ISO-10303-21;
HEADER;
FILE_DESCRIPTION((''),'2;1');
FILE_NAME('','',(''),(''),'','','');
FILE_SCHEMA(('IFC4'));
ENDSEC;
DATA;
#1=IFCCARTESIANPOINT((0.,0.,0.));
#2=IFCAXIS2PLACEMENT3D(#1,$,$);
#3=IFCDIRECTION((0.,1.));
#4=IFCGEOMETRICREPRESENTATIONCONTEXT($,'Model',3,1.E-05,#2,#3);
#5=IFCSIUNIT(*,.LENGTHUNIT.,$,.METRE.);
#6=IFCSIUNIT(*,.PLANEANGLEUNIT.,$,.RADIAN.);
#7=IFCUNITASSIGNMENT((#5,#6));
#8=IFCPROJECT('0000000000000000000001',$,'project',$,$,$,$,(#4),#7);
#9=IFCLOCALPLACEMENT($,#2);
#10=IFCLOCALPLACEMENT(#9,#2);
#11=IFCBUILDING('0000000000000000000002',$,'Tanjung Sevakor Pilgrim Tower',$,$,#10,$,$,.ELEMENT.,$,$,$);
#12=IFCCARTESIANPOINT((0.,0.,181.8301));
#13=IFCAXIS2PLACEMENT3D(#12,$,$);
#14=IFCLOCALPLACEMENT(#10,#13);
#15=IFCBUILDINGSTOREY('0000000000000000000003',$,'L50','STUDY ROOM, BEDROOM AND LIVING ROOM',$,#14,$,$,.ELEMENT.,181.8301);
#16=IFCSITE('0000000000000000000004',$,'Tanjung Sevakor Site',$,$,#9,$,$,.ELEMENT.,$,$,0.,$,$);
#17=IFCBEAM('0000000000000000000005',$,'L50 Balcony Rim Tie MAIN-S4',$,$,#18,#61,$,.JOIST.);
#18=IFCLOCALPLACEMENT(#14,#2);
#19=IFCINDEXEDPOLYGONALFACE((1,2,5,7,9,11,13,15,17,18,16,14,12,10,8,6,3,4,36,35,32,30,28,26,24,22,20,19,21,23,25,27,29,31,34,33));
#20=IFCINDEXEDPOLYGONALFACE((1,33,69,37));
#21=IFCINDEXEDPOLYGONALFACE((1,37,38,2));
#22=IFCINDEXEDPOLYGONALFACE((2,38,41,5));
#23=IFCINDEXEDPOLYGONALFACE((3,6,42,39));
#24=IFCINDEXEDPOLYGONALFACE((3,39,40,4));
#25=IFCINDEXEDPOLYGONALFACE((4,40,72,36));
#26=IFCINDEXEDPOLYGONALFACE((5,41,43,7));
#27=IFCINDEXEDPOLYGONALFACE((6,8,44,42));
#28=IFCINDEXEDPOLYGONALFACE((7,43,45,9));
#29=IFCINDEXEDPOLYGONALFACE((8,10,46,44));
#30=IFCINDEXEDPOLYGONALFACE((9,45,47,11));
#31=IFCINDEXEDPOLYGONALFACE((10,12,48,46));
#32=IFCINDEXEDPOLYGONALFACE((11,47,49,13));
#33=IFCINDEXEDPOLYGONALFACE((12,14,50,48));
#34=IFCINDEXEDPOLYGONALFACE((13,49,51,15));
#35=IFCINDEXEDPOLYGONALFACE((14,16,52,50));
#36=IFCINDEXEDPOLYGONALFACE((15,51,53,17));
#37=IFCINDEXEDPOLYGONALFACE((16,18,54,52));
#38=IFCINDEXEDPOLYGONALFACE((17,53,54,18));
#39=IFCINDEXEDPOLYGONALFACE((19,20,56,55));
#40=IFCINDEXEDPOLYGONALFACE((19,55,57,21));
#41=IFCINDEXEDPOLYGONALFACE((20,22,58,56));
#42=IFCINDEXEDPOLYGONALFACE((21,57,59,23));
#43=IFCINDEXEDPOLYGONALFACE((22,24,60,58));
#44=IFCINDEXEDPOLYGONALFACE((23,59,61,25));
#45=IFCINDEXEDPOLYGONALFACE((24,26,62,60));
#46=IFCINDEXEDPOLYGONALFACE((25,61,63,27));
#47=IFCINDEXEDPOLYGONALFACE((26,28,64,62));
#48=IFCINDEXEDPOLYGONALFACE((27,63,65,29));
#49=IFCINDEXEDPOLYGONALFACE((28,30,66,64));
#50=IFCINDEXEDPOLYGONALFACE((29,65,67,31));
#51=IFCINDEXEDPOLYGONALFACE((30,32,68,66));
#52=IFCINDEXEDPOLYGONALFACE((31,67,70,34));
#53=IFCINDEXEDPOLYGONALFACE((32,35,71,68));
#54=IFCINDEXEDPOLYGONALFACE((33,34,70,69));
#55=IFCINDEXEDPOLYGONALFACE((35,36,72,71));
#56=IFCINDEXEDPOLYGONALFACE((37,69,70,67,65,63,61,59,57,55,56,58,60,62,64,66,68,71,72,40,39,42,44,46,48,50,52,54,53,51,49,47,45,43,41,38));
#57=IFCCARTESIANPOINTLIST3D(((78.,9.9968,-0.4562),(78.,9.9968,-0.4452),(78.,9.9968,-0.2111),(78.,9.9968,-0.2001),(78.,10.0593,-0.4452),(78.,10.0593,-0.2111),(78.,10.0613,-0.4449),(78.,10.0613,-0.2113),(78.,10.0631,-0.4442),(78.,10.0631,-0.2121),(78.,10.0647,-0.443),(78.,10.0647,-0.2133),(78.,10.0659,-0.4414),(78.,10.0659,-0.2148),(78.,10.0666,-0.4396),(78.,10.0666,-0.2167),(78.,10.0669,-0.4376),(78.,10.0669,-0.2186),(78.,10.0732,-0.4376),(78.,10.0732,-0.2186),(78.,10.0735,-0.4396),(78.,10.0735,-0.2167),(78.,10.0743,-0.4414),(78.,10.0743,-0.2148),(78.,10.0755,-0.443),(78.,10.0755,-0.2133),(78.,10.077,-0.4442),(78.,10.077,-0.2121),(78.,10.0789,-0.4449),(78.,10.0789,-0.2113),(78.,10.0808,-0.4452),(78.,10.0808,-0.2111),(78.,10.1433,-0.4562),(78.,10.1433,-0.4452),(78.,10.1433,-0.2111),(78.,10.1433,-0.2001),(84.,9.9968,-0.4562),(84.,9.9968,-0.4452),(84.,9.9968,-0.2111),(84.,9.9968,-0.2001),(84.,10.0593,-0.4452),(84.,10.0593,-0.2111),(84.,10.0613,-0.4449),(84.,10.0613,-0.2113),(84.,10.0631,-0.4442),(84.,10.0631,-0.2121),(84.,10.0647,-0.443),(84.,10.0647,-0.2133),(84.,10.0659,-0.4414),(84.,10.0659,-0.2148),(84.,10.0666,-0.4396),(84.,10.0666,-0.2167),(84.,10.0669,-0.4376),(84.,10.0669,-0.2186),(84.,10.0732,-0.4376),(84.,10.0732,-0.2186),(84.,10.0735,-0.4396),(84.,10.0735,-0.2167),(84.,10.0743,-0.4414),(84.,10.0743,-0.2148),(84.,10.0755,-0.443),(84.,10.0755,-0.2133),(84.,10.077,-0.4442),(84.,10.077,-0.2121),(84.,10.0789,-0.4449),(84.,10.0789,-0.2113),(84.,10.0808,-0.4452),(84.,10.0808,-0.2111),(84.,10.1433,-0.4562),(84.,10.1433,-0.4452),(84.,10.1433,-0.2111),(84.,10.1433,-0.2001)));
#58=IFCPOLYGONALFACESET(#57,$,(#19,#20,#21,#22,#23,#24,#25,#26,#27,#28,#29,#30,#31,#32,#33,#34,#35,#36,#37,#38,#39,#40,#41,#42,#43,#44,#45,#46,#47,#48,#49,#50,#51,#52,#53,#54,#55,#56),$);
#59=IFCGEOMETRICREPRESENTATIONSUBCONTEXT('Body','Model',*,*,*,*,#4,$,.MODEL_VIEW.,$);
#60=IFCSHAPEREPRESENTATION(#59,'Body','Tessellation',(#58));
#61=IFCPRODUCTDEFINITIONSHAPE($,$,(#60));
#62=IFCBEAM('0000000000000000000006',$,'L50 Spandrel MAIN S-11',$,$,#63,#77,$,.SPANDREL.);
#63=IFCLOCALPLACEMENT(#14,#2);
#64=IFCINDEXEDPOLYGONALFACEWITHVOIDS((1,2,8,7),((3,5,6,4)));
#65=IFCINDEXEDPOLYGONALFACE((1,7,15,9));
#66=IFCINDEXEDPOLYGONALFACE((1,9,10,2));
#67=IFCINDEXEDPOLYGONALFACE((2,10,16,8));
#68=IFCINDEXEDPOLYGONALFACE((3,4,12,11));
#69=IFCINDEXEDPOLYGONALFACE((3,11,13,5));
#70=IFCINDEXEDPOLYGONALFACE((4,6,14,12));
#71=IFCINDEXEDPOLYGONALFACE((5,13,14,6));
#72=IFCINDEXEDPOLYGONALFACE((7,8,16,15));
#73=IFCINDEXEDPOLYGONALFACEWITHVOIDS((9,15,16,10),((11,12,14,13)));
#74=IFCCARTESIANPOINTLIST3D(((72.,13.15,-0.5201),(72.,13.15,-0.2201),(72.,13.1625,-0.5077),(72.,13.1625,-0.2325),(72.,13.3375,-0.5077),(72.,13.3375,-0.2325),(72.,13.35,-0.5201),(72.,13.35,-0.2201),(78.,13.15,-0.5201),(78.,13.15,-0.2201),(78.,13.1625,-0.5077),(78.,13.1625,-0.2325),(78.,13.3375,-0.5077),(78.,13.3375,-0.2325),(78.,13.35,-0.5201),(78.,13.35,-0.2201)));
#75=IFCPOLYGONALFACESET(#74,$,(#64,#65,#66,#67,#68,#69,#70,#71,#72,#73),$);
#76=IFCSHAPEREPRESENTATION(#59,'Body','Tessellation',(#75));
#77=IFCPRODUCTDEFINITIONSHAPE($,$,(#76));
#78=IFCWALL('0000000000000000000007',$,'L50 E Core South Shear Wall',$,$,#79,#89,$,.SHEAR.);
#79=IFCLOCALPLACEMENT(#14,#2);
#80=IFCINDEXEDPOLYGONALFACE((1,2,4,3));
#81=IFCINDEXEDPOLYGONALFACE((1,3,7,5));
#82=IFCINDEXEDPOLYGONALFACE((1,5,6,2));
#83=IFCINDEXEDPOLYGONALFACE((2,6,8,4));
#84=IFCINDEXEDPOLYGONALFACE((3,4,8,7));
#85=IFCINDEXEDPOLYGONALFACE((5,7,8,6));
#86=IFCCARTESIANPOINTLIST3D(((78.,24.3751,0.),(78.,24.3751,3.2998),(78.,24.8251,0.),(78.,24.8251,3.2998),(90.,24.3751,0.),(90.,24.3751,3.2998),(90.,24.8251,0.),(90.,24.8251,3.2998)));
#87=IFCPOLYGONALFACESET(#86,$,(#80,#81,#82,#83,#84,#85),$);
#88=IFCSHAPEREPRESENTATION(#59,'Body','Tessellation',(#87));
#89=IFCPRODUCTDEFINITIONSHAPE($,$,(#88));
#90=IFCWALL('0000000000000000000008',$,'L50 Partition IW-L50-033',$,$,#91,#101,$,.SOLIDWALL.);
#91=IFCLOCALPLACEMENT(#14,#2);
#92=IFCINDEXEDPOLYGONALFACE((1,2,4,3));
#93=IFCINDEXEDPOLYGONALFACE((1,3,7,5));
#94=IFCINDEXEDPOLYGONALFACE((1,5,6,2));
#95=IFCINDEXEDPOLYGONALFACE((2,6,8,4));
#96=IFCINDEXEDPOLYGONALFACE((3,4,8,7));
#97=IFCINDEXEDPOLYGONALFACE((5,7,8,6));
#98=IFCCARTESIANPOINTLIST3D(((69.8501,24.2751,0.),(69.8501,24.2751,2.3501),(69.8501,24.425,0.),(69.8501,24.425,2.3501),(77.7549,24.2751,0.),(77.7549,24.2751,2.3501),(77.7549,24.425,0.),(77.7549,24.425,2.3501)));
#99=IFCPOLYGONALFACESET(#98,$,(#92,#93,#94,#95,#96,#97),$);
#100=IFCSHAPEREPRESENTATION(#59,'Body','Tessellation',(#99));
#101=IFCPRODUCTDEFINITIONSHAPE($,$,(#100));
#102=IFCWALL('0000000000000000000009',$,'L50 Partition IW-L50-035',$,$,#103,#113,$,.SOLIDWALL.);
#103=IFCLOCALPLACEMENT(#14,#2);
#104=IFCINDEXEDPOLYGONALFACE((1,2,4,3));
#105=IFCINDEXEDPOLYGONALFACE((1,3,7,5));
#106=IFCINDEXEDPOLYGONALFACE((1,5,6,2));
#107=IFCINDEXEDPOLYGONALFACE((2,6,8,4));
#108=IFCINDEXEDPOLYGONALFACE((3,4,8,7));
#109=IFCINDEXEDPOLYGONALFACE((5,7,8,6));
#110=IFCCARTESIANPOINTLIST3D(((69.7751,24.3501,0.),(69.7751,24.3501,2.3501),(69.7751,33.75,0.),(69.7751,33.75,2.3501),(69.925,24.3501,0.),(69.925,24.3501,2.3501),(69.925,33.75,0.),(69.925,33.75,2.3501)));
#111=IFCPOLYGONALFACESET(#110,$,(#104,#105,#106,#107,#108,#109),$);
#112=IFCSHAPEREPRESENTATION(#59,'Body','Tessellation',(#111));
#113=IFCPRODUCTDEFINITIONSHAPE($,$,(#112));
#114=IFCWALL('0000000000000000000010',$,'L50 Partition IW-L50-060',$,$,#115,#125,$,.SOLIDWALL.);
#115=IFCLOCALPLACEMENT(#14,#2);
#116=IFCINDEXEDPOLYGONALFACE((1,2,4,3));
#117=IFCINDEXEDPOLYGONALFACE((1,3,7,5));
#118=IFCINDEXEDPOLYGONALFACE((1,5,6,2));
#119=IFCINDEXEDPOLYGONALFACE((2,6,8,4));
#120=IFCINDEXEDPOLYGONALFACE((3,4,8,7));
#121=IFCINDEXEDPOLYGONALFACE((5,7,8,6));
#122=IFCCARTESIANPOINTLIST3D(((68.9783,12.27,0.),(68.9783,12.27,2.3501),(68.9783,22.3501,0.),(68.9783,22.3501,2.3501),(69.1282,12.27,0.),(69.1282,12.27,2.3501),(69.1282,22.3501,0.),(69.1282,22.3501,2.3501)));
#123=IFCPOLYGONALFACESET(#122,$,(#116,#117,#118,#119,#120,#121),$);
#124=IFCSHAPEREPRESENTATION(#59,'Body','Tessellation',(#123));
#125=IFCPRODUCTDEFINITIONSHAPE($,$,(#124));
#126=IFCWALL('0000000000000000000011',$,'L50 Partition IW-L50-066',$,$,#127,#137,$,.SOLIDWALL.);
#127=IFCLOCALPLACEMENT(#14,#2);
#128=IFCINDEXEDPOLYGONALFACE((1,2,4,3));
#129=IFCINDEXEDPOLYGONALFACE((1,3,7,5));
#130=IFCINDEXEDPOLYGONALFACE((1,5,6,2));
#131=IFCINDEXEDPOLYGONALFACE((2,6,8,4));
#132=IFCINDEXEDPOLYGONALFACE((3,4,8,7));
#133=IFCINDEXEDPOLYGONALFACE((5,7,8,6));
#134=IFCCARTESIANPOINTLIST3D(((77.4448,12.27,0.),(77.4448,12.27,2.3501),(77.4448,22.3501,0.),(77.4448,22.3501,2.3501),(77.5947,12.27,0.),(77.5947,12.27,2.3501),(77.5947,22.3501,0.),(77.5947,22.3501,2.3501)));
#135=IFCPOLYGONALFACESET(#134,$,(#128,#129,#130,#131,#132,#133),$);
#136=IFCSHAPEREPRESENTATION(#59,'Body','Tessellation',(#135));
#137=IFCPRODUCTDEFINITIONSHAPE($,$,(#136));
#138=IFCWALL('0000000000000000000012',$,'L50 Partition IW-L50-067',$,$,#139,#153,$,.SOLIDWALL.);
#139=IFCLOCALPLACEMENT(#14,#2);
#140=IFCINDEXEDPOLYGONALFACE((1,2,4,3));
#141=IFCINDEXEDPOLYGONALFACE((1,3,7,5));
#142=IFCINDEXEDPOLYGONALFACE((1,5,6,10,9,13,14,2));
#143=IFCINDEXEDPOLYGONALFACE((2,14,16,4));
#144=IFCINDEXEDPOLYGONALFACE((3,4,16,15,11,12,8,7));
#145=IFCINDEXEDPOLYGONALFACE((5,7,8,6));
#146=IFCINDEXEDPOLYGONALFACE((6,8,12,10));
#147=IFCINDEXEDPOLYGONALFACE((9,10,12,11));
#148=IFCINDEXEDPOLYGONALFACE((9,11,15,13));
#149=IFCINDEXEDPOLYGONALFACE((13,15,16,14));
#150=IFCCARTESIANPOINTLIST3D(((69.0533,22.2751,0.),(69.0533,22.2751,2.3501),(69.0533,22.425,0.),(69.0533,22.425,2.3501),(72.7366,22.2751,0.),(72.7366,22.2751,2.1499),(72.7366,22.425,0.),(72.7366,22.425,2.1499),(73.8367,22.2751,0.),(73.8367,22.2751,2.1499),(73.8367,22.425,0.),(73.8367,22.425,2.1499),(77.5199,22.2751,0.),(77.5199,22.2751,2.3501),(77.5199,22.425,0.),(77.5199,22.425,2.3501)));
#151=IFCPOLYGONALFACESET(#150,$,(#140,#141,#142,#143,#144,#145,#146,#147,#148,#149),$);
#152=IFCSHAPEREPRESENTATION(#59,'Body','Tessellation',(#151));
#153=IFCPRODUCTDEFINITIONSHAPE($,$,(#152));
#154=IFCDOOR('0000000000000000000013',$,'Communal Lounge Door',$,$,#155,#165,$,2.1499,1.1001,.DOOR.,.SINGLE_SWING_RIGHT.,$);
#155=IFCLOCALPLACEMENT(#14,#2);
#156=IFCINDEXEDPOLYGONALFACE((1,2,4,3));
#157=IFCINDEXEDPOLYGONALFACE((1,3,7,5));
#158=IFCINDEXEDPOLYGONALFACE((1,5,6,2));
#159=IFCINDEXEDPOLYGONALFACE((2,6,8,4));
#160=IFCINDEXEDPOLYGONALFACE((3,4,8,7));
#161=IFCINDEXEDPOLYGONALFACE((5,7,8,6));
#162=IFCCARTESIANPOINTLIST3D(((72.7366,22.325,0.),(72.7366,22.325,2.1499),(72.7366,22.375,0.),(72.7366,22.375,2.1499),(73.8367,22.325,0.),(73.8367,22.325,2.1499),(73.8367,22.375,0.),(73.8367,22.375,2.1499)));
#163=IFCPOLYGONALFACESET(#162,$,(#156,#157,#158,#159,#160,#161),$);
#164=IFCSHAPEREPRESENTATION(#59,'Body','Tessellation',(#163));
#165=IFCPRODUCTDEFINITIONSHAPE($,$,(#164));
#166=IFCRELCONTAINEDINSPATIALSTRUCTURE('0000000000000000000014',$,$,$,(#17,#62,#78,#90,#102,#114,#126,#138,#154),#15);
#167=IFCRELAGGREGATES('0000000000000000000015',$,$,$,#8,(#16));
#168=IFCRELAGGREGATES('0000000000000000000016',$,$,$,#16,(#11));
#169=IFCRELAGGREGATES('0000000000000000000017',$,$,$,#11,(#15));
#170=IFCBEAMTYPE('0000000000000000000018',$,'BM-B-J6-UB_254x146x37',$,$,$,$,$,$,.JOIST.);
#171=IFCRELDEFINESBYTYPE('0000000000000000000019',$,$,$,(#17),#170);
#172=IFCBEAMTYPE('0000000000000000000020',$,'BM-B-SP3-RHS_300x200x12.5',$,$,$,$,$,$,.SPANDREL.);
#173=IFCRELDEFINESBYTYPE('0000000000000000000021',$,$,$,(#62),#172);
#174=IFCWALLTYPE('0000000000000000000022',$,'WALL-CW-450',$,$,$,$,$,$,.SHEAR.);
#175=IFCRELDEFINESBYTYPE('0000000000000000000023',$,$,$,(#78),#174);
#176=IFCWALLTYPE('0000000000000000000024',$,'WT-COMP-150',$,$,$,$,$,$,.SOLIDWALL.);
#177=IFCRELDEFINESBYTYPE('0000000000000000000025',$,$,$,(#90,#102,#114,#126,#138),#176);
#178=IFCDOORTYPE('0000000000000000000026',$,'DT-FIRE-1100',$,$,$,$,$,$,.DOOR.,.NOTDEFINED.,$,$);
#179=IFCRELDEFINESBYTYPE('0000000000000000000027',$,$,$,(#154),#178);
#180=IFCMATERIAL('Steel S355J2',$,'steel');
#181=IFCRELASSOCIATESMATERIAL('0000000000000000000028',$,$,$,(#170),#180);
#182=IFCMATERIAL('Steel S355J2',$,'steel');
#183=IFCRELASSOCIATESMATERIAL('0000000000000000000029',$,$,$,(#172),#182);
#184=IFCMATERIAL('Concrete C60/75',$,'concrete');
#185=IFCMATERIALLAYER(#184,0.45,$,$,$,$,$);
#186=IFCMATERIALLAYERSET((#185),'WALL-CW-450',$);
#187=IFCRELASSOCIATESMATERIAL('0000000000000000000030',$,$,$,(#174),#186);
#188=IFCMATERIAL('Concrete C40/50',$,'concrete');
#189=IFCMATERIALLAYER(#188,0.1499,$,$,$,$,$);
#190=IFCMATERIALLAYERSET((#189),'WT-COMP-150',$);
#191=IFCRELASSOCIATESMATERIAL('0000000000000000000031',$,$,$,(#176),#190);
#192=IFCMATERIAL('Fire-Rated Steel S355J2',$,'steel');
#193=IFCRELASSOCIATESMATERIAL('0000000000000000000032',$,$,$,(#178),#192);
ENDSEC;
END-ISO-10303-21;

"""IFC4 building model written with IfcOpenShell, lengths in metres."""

from ifc_helpers import new_model, si_unit, direction, frame, frame_2d, origin, origin_2d, place, context, subcontext, project, spatial, rectangle, hollow_rectangle, i_section, extrude, material, layer, layer_set, material_profile, profile_set, type_object, element, fill, save


model = new_model("IFC4")

# Units and contexts
model_context = context("Model", 3, precision=1e-05, world=origin(), true_north=direction((0.0, 1.0)))
body_context = subcontext(model_context, "Body", "Model", "MODEL_VIEW")
ifc_project = project(units=[si_unit("LENGTHUNIT", "METRE"), si_unit("PLANEANGLEUNIT", "RADIAN")], contexts=[model_context])

# Site, building, storey
site_placement = place(None, origin())
site = spatial("IfcSite", under=ifc_project, at=site_placement, Name="Tanjung Sevakor Site", CompositionType="ELEMENT", RefElevation=0.0)
building_placement = place(site_placement, origin())
building = spatial("IfcBuilding", under=site, at=building_placement, Name="Tanjung Sevakor Pilgrim Tower", CompositionType="ELEMENT")
storey_placement = place(building_placement, frame((0.0, 0.0, 181.8301)))
storey = spatial("IfcBuildingStorey", under=building, at=storey_placement, Name="L50", Description="STUDY ROOM, BEDROOM AND LIVING ROOM", CompositionType="ELEMENT", Elevation=181.8301)

# Beams
ifc_material_1 = material(Name="Steel S355J2", Category="steel")
ifc_material_profile_1 = material_profile(ifc_material_1, i_section(OverallWidth=0.1465, OverallDepth=0.2561, WebThickness=0.0063, FlangeThickness=0.011, FilletRadius=0.0076, at=origin_2d()))
ifc_profile_set_1 = profile_set([ifc_material_profile_1], Name="Steel S355J2")
beam_type_1 = type_object("IfcBeamType", Name="BM-B-J6-UB_254x146x37", PredefinedType="JOIST", material=ifc_profile_set_1)
beam_1_placement = place(storey_placement, frame((78.0, 10.0701, -0.3281), z_axis=(1.0, 0.0, 0.0), x_axis=(0.0, 1.0, 0.0)))
element("IfcBeam", 1, at=beam_1_placement, inside=storey, type_object=beam_type_1, Name="L50 Balcony Rim Tie MAIN-S4", PredefinedType="JOIST", context=body_context, shape_type="SweptSolid", body=[
    extrude(i_section(OverallWidth=0.1465, OverallDepth=0.2561, WebThickness=0.0063, FlangeThickness=0.011, FilletRadius=0.0076, at=origin_2d()), origin(), (0.0, 0.0, 1.0), 6.0),
])
ifc_material_2 = material(Name="Steel S355J2", Category="steel")
ifc_material_profile_2 = material_profile(ifc_material_2, hollow_rectangle(XDim=0.2, YDim=0.3, WallThickness=0.0125, at=origin_2d()))
ifc_profile_set_2 = profile_set([ifc_material_profile_2], Name="Steel S355J2")
beam_type_2 = type_object("IfcBeamType", Name="BM-B-SP3-RHS_300x200x12.5", PredefinedType="SPANDREL", material=ifc_profile_set_2)
beam_2_placement = place(storey_placement, frame((72.0, 13.25, -0.3701), z_axis=(1.0, 0.0, 0.0), x_axis=(0.0, 1.0, 0.0)))
element("IfcBeam", 2, at=beam_2_placement, inside=storey, type_object=beam_type_2, Name="L50 Spandrel MAIN S-11", PredefinedType="SPANDREL", context=body_context, shape_type="SweptSolid", body=[
    extrude(hollow_rectangle(XDim=0.2, YDim=0.3, WallThickness=0.0125, at=origin_2d()), origin(), (0.0, 0.0, 1.0), 6.0),
])

# Walls
ifc_material_3 = material(Name="Concrete C60/75", Category="concrete")
ifc_layer_1 = layer(ifc_material_3, 0.45)
ifc_layer_set_1 = layer_set([ifc_layer_1], Name="WALL-CW-450")
wall_type_1 = type_object("IfcWallType", Name="WALL-CW-450", PredefinedType="SHEAR", material=ifc_layer_set_1)
wall_1_placement = place(storey_placement, frame((78.0, 24.6001, 0.0), z_axis=(0.0, 0.0, 1.0), x_axis=(1.0, 0.0, 0.0)))
element("IfcWall", 3, at=wall_1_placement, inside=storey, type_object=wall_type_1, Name="L50 E Core South Shear Wall", PredefinedType="SHEAR", context=body_context, shape_type="SweptSolid", body=[
    extrude(rectangle(XDim=12.0, YDim=0.45, at=frame_2d((6.0, 0.0))), origin(), (0.0, 0.0, 1.0), 3.2998),
])
ifc_material_4 = material(Name="Concrete C40/50", Category="concrete")
ifc_layer_2 = layer(ifc_material_4, 0.1499)
ifc_layer_set_2 = layer_set([ifc_layer_2], Name="WT-COMP-150")
wall_type_2 = type_object("IfcWallType", Name="WT-COMP-150", PredefinedType="SOLIDWALL", material=ifc_layer_set_2)
wall_2_placement = place(storey_placement, frame((69.8501, 24.3501, 0.0), z_axis=(0.0, 0.0, 1.0), x_axis=(1.0, 0.0, 0.0)))
element("IfcWall", 4, at=wall_2_placement, inside=storey, type_object=wall_type_2, Name="L50 Partition IW-L50-033", PredefinedType="SOLIDWALL", context=body_context, shape_type="SweptSolid", body=[
    extrude(rectangle(XDim=7.9048, YDim=0.1499, at=frame_2d((3.9524, 0.0))), origin(), (0.0, 0.0, 1.0), 2.3501),
])
wall_3_placement = place(storey_placement, frame((69.8501, 24.3501, 0.0), z_axis=(0.0, 0.0, 1.0), x_axis=(0.0, 1.0, 0.0)))
element("IfcWall", 5, at=wall_3_placement, inside=storey, type_object=wall_type_2, Name="L50 Partition IW-L50-035", PredefinedType="SOLIDWALL", context=body_context, shape_type="SweptSolid", body=[
    extrude(rectangle(XDim=9.3999, YDim=0.1499, at=frame_2d((4.7, 0.0))), origin(), (0.0, 0.0, 1.0), 2.3501),
])
for number, where, z_axis, x_axis, name in (
    (6, (69.0532, 12.27, 0.0), (0.0, 0.0, 1.0), (0.0, 1.0, 0.0), "L50 Partition IW-L50-060"),
    (7, (77.5198, 12.27, 0.0), (0.0, 0.0, 1.0), (0.0, 1.0, 0.0), "L50 Partition IW-L50-066"),
):
    element("IfcWall", number, at=place(storey_placement, frame(where, z_axis=z_axis, x_axis=x_axis)), inside=storey, type_object=wall_type_2, Name=name, PredefinedType="SOLIDWALL", context=body_context, shape_type="SweptSolid", body=[
        extrude(rectangle(XDim=10.0801, YDim=0.1499, at=frame_2d((5.04, 0.0))), origin(), (0.0, 0.0, 1.0), 2.3501),
    ])

# Wall, opening, door
wall_4_placement = place(storey_placement, frame((69.0532, 22.3501, 0.0), z_axis=(0.0, 0.0, 1.0), x_axis=(1.0, 0.0, 0.0)))
wall_4 = element("IfcWall", 8, at=wall_4_placement, inside=storey, type_object=wall_type_2, Name="L50 Partition IW-L50-067", PredefinedType="SOLIDWALL", context=body_context, shape_type="SweptSolid", body=[
    extrude(rectangle(XDim=8.4666, YDim=0.1499, at=frame_2d((4.2334, 0.0))), origin(), (0.0, 0.0, 1.0), 2.3501),
])
opening_1_placement = place(wall_4_placement, frame((3.6833, 0.0, 0.0)))
opening_1 = element("IfcOpeningElement", 9, at=opening_1_placement, cuts=wall_4, PredefinedType="OPENING", context=body_context, shape_type="SweptSolid", body=[
    extrude(rectangle(XDim=1.1001, YDim=2.1499, at=frame_2d((0.55, 1.075))), frame((0.0, 0.085, 0.0), z_axis=(0.0, -1.0, 0.0), x_axis=(1.0, 0.0, 0.0)), (0.0, 0.0, 1.0), 0.1699),
])
ifc_material_5 = material(Name="Fire-Rated Steel S355J2", Category="steel")
door_type_1 = type_object("IfcDoorType", Name="DT-FIRE-1100", OperationType="NOTDEFINED", PredefinedType="DOOR", material=ifc_material_5)
door_1_placement = place(opening_1_placement, origin())
door_1 = element("IfcDoor", 10, at=door_1_placement, inside=storey, type_object=door_type_1, Name="Communal Lounge Door", OperationType="SINGLE_SWING_RIGHT", OverallHeight=2.1499, OverallWidth=1.1001, PredefinedType="DOOR", context=body_context, shape_type="SweptSolid", body=[
    extrude(rectangle(XDim=1.1001, YDim=2.1499, at=frame_2d((0.55, 1.075))), frame((0.0, 0.0249, 0.0), z_axis=(0.0, -1.0, 0.0), x_axis=(1.0, 0.0, 0.0)), (0.0, 0.0, 1.0), 0.05),
])
fill(opening_1, door_1)

save(model, "model.ifc")
